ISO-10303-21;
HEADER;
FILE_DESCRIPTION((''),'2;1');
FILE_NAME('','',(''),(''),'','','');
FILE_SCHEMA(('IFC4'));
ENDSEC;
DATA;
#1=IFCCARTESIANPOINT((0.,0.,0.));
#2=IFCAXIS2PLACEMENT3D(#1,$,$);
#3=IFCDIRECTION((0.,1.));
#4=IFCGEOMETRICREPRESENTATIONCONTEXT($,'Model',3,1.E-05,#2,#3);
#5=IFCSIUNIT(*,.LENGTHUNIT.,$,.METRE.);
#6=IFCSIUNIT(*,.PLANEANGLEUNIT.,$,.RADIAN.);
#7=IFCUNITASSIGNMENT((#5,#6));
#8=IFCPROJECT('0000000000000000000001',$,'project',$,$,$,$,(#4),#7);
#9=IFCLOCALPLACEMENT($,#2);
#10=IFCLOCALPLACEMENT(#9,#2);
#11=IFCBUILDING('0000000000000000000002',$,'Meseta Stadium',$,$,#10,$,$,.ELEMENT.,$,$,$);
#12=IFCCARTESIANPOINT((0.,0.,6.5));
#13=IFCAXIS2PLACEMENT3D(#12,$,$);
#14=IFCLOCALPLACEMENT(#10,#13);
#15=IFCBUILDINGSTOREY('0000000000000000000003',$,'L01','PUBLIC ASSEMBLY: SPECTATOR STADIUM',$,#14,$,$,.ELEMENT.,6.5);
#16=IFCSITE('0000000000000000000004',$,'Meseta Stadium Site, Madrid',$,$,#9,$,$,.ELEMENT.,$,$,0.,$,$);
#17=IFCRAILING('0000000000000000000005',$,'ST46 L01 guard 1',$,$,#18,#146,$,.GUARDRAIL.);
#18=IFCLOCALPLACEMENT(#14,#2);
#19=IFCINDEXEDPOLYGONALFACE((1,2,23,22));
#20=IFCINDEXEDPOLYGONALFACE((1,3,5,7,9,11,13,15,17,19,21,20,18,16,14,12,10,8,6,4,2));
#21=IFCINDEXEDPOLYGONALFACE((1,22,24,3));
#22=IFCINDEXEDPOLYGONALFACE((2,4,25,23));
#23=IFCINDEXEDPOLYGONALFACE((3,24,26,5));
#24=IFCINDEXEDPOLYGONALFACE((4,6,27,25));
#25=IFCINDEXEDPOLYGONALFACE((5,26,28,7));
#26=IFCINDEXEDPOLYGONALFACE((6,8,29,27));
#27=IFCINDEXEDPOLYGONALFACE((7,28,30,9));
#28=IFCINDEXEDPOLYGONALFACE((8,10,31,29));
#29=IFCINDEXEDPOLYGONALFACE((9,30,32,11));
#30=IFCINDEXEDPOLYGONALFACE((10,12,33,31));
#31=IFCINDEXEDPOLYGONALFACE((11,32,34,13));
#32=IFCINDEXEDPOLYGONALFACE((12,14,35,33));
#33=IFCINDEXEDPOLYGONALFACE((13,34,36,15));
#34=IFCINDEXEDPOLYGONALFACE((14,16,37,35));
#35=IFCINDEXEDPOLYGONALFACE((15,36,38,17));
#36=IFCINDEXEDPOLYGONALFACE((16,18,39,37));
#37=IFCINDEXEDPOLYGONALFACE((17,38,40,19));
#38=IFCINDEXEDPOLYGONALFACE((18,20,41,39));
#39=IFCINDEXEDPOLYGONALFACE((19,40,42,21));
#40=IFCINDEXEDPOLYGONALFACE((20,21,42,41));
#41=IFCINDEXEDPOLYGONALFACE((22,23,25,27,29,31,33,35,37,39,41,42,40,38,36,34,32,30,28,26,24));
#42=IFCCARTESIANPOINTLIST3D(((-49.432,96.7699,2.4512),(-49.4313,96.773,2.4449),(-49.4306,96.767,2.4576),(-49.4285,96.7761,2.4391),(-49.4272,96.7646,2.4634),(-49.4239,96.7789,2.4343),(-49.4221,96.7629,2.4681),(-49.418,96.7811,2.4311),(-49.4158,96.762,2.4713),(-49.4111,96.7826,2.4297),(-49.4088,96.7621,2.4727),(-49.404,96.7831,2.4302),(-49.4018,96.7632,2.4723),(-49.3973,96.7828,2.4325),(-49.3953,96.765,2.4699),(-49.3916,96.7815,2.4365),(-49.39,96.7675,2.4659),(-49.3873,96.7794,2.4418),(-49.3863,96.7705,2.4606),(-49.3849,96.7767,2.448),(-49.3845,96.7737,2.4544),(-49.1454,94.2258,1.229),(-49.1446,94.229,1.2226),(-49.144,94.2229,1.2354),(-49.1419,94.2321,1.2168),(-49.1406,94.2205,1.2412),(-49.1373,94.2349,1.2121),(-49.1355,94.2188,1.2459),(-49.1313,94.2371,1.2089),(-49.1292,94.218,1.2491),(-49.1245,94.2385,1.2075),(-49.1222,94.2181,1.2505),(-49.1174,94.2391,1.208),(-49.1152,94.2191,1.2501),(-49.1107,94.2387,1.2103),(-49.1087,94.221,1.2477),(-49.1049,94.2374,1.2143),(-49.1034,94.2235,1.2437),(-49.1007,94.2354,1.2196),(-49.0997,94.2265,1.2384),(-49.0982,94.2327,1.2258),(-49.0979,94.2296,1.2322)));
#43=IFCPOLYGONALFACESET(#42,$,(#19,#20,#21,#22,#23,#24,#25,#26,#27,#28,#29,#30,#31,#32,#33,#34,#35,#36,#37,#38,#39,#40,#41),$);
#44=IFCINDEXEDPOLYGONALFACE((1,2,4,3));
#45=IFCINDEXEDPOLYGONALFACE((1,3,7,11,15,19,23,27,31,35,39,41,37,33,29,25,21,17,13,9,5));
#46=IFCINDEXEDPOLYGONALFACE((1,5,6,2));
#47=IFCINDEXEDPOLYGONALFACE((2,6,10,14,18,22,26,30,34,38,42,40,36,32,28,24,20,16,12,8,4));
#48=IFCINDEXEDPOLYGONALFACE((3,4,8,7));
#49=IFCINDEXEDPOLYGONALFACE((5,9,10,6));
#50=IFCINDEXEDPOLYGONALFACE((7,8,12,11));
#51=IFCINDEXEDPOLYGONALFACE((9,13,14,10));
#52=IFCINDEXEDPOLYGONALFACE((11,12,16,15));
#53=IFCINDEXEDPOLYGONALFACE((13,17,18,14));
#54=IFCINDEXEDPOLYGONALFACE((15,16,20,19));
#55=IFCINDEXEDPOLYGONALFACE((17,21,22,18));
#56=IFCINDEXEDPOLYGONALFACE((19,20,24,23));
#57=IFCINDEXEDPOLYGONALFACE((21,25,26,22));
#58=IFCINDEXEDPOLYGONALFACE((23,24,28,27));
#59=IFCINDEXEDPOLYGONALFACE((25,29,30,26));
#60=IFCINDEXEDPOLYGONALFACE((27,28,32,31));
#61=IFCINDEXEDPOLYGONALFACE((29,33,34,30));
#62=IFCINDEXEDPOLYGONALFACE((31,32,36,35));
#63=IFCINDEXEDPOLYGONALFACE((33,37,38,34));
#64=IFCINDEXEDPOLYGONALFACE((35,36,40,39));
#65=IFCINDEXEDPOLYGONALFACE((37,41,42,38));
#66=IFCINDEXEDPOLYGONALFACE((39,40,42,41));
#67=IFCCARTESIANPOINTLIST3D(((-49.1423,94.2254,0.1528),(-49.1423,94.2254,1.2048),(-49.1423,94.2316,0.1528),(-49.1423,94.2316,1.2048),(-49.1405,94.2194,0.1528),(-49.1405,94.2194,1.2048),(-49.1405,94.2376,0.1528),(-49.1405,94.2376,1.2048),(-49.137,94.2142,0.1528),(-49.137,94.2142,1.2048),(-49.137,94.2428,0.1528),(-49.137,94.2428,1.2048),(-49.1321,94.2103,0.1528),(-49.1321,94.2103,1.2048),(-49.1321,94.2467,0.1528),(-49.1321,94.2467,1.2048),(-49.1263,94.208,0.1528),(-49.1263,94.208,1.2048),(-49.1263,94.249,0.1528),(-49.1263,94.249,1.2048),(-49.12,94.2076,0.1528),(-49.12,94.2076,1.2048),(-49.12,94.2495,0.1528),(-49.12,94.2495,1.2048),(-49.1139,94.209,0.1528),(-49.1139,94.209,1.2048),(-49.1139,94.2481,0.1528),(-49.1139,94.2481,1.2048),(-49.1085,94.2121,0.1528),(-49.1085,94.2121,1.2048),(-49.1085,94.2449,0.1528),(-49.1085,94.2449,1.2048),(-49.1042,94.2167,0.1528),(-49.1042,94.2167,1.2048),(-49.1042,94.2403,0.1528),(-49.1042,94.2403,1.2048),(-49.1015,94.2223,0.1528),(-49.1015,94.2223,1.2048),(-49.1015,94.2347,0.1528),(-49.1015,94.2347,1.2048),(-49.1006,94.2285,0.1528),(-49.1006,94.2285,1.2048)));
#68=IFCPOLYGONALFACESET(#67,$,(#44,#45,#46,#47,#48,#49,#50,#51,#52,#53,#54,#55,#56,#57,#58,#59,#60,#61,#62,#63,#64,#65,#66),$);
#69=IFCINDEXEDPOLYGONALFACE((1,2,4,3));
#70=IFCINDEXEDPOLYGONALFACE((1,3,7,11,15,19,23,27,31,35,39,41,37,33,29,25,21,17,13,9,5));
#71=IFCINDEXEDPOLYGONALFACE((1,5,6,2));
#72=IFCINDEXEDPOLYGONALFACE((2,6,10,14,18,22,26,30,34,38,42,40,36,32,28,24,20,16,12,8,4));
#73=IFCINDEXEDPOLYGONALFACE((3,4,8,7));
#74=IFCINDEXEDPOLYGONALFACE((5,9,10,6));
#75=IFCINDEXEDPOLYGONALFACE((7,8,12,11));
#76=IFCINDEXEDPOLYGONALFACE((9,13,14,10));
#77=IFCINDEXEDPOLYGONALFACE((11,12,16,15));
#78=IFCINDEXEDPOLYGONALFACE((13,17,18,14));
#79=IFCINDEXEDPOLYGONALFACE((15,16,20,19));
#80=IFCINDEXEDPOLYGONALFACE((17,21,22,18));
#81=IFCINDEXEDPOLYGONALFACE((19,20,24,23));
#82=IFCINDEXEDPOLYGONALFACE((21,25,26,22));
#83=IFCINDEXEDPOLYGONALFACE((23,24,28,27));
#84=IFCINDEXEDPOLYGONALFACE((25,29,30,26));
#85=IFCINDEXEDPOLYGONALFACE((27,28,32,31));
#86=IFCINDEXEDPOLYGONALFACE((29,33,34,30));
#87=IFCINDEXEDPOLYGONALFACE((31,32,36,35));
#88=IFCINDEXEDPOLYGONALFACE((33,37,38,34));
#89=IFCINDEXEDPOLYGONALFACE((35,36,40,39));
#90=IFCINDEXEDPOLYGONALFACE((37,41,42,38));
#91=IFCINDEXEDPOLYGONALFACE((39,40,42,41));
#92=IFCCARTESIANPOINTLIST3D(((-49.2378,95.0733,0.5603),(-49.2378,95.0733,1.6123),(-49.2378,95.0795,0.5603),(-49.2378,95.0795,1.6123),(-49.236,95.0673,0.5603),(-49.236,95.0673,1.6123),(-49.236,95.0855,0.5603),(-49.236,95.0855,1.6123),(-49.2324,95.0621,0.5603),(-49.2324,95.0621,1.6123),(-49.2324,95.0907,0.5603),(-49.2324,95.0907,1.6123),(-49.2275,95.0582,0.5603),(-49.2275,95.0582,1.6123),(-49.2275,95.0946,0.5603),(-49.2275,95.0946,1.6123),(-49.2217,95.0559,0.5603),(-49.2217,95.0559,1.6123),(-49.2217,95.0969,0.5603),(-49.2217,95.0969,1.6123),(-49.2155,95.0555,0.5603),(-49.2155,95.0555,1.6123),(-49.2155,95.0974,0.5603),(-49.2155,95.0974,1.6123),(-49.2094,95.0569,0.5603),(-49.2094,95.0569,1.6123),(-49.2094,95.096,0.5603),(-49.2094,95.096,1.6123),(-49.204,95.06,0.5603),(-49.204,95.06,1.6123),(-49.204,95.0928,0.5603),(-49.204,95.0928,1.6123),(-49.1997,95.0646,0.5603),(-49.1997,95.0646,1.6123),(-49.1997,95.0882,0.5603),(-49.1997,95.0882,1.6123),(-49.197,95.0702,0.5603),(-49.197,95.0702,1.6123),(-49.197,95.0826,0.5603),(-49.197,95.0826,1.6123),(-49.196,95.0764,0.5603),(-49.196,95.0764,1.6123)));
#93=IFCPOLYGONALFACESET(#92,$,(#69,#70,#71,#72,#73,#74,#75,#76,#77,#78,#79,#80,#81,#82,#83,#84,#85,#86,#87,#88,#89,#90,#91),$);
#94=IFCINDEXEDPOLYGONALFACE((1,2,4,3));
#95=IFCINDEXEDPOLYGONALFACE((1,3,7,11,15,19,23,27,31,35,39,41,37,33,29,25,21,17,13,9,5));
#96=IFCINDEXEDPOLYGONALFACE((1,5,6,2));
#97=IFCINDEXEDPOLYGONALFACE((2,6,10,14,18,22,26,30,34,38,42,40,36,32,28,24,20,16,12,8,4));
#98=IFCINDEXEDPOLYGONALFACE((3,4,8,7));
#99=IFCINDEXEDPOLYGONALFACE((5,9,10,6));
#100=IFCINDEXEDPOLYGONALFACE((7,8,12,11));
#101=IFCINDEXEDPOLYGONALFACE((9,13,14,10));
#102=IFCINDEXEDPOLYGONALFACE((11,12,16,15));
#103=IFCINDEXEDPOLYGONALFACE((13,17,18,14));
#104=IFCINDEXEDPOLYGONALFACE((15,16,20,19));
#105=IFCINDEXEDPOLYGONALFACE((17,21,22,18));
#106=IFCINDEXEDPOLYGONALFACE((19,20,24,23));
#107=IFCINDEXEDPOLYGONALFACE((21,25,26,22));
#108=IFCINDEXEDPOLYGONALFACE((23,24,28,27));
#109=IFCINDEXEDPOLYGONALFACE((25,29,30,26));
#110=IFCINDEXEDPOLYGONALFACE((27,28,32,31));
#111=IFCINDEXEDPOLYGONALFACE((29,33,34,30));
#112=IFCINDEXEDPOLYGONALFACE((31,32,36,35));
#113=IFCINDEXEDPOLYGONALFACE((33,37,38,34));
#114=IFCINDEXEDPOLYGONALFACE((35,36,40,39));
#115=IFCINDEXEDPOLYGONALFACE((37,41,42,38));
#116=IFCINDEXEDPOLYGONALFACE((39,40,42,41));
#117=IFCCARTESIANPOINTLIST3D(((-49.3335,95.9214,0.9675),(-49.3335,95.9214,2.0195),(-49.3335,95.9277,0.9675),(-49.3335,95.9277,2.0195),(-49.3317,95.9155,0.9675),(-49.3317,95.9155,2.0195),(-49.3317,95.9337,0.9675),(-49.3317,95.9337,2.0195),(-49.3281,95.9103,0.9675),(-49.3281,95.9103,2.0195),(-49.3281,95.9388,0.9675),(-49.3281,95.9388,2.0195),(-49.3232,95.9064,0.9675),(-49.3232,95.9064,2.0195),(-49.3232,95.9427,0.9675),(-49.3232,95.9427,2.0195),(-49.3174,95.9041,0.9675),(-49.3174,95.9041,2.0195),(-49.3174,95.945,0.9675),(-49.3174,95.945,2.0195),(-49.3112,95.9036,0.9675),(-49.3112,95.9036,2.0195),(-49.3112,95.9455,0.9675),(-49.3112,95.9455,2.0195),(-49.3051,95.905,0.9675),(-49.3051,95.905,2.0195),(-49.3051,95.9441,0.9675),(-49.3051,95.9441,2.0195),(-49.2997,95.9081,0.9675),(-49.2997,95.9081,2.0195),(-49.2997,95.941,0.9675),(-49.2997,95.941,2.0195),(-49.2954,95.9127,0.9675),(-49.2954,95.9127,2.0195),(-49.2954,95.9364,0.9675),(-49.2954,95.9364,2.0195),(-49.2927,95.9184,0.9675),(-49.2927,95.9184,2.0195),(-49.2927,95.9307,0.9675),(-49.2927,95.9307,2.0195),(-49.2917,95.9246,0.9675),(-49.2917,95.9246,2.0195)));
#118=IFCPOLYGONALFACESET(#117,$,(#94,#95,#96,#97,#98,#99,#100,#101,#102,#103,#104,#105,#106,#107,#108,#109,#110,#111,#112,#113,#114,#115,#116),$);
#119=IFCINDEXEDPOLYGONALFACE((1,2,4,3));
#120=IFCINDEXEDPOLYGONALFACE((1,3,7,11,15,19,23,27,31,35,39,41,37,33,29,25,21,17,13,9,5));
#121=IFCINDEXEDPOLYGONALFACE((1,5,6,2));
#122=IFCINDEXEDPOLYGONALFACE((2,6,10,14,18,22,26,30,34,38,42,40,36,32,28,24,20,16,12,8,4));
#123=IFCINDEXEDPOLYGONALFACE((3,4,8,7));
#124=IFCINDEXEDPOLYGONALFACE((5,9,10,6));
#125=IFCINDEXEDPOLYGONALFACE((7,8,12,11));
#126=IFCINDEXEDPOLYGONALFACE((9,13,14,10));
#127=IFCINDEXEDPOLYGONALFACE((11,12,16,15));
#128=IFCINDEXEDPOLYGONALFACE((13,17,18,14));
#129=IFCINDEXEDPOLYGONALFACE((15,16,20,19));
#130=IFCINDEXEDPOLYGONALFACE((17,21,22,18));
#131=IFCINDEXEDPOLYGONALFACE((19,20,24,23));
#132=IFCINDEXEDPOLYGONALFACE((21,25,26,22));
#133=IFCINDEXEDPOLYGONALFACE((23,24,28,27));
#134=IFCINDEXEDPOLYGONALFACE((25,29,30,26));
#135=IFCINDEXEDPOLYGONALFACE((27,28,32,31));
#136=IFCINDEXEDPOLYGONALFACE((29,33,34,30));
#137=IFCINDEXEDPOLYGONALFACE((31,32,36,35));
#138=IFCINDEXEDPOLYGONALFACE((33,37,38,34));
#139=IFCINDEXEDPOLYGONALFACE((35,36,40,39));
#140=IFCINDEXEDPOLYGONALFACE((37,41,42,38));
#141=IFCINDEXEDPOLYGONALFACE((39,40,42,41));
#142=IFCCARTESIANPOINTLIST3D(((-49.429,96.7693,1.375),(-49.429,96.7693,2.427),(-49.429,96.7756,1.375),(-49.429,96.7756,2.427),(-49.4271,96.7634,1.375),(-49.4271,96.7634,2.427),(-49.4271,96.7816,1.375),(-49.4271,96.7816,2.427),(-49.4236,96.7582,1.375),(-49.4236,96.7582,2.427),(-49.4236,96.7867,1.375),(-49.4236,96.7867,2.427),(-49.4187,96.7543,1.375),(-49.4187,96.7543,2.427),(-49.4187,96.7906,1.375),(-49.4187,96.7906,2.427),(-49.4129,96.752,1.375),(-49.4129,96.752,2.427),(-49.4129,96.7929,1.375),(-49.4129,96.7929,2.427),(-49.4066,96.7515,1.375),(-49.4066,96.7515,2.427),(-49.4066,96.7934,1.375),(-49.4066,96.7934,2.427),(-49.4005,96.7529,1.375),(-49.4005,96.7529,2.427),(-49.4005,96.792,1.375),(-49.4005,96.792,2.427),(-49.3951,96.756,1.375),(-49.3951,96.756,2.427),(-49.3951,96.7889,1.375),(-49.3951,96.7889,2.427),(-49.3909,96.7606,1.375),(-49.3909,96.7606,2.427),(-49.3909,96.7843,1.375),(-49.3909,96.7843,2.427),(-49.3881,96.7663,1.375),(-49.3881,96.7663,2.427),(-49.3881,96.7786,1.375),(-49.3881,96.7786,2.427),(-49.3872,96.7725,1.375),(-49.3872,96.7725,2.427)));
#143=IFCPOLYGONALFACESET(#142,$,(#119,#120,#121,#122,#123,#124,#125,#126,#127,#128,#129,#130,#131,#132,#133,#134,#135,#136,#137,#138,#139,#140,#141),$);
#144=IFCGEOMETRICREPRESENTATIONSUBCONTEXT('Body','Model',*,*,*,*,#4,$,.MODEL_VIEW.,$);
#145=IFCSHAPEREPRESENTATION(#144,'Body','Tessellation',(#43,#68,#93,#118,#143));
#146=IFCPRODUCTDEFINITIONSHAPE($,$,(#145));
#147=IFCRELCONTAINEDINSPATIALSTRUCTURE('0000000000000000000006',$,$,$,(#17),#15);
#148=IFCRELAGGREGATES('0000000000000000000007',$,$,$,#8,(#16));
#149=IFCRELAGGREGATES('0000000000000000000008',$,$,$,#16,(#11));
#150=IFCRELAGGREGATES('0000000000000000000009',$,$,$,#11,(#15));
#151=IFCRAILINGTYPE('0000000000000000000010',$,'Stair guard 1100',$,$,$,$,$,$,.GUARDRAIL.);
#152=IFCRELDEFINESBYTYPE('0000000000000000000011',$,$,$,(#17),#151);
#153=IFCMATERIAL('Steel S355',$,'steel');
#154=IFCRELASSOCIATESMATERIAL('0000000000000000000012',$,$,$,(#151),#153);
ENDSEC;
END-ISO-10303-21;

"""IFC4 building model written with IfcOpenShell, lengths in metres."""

from ifc_helpers import new_model, si_unit, direction, frame, origin, origin_2d, place, context, subcontext, project, spatial, circle, extrude, material, type_object, element, save


model = new_model("IFC4")

# Units and contexts
model_context = context("Model", 3, precision=1e-05, world=origin(), true_north=direction((0.0, 1.0)))
body_context = subcontext(model_context, "Body", "Model", "MODEL_VIEW")
ifc_project = project(units=[si_unit("LENGTHUNIT", "METRE"), si_unit("PLANEANGLEUNIT", "RADIAN")], contexts=[model_context])

# Site, building, storey
site_placement = place(None, origin())
site = spatial("IfcSite", under=ifc_project, at=site_placement, Name="Meseta Stadium Site, Madrid", CompositionType="ELEMENT", RefElevation=0.0)
building_placement = place(site_placement, origin())
building = spatial("IfcBuilding", under=site, at=building_placement, Name="Meseta Stadium", CompositionType="ELEMENT")
storey_placement = place(building_placement, frame((0.0, 0.0, 6.5)))
storey = spatial("IfcBuildingStorey", under=building, at=storey_placement, Name="L01", Description="PUBLIC ASSEMBLY: SPECTATOR STADIUM", CompositionType="ELEMENT", Elevation=6.5)

# Railing
ifc_material_1 = material(Name="Steel S355", Category="steel")
railing_type_1 = type_object("IfcRailingType", Name="Stair guard 1100", PredefinedType="GUARDRAIL", material=ifc_material_1)
railing_1_placement = place(storey_placement, frame((-49.1216, 94.2285, 0.1528)))
element("IfcRailing", 1, at=railing_1_placement, inside=storey, type_object=railing_type_1, Name="ST46 L01 guard 1", PredefinedType="GUARDRAIL", context=body_context, shape_type="SweptSolid", body=[
    extrude(circle(Radius=0.0239, at=origin_2d()), frame((0.0, 0.0, 1.0762), z_axis=(-0.101036, 0.896762, 0.430824), x_axis=(-0.993713, -0.11196, 0.0)), (0.0, 0.0, 1.0), 2.8369),
    extrude(circle(Radius=0.021, at=origin_2d()), origin(), (0.0, 0.0, 1.0), 1.052),
    extrude(circle(Radius=0.021, at=origin_2d()), frame((-0.0955, 0.8479, 0.4075)), (0.0, 0.0, 1.0), 1.052),
    extrude(circle(Radius=0.021, at=origin_2d()), frame((-0.1912, 1.696, 0.8147)), (0.0, 0.0, 1.0), 1.052),
    extrude(circle(Radius=0.021, at=origin_2d()), frame((-0.2866, 2.5439, 1.2222)), (0.0, 0.0, 1.0), 1.052),
])

save(model, "model.ifc")
